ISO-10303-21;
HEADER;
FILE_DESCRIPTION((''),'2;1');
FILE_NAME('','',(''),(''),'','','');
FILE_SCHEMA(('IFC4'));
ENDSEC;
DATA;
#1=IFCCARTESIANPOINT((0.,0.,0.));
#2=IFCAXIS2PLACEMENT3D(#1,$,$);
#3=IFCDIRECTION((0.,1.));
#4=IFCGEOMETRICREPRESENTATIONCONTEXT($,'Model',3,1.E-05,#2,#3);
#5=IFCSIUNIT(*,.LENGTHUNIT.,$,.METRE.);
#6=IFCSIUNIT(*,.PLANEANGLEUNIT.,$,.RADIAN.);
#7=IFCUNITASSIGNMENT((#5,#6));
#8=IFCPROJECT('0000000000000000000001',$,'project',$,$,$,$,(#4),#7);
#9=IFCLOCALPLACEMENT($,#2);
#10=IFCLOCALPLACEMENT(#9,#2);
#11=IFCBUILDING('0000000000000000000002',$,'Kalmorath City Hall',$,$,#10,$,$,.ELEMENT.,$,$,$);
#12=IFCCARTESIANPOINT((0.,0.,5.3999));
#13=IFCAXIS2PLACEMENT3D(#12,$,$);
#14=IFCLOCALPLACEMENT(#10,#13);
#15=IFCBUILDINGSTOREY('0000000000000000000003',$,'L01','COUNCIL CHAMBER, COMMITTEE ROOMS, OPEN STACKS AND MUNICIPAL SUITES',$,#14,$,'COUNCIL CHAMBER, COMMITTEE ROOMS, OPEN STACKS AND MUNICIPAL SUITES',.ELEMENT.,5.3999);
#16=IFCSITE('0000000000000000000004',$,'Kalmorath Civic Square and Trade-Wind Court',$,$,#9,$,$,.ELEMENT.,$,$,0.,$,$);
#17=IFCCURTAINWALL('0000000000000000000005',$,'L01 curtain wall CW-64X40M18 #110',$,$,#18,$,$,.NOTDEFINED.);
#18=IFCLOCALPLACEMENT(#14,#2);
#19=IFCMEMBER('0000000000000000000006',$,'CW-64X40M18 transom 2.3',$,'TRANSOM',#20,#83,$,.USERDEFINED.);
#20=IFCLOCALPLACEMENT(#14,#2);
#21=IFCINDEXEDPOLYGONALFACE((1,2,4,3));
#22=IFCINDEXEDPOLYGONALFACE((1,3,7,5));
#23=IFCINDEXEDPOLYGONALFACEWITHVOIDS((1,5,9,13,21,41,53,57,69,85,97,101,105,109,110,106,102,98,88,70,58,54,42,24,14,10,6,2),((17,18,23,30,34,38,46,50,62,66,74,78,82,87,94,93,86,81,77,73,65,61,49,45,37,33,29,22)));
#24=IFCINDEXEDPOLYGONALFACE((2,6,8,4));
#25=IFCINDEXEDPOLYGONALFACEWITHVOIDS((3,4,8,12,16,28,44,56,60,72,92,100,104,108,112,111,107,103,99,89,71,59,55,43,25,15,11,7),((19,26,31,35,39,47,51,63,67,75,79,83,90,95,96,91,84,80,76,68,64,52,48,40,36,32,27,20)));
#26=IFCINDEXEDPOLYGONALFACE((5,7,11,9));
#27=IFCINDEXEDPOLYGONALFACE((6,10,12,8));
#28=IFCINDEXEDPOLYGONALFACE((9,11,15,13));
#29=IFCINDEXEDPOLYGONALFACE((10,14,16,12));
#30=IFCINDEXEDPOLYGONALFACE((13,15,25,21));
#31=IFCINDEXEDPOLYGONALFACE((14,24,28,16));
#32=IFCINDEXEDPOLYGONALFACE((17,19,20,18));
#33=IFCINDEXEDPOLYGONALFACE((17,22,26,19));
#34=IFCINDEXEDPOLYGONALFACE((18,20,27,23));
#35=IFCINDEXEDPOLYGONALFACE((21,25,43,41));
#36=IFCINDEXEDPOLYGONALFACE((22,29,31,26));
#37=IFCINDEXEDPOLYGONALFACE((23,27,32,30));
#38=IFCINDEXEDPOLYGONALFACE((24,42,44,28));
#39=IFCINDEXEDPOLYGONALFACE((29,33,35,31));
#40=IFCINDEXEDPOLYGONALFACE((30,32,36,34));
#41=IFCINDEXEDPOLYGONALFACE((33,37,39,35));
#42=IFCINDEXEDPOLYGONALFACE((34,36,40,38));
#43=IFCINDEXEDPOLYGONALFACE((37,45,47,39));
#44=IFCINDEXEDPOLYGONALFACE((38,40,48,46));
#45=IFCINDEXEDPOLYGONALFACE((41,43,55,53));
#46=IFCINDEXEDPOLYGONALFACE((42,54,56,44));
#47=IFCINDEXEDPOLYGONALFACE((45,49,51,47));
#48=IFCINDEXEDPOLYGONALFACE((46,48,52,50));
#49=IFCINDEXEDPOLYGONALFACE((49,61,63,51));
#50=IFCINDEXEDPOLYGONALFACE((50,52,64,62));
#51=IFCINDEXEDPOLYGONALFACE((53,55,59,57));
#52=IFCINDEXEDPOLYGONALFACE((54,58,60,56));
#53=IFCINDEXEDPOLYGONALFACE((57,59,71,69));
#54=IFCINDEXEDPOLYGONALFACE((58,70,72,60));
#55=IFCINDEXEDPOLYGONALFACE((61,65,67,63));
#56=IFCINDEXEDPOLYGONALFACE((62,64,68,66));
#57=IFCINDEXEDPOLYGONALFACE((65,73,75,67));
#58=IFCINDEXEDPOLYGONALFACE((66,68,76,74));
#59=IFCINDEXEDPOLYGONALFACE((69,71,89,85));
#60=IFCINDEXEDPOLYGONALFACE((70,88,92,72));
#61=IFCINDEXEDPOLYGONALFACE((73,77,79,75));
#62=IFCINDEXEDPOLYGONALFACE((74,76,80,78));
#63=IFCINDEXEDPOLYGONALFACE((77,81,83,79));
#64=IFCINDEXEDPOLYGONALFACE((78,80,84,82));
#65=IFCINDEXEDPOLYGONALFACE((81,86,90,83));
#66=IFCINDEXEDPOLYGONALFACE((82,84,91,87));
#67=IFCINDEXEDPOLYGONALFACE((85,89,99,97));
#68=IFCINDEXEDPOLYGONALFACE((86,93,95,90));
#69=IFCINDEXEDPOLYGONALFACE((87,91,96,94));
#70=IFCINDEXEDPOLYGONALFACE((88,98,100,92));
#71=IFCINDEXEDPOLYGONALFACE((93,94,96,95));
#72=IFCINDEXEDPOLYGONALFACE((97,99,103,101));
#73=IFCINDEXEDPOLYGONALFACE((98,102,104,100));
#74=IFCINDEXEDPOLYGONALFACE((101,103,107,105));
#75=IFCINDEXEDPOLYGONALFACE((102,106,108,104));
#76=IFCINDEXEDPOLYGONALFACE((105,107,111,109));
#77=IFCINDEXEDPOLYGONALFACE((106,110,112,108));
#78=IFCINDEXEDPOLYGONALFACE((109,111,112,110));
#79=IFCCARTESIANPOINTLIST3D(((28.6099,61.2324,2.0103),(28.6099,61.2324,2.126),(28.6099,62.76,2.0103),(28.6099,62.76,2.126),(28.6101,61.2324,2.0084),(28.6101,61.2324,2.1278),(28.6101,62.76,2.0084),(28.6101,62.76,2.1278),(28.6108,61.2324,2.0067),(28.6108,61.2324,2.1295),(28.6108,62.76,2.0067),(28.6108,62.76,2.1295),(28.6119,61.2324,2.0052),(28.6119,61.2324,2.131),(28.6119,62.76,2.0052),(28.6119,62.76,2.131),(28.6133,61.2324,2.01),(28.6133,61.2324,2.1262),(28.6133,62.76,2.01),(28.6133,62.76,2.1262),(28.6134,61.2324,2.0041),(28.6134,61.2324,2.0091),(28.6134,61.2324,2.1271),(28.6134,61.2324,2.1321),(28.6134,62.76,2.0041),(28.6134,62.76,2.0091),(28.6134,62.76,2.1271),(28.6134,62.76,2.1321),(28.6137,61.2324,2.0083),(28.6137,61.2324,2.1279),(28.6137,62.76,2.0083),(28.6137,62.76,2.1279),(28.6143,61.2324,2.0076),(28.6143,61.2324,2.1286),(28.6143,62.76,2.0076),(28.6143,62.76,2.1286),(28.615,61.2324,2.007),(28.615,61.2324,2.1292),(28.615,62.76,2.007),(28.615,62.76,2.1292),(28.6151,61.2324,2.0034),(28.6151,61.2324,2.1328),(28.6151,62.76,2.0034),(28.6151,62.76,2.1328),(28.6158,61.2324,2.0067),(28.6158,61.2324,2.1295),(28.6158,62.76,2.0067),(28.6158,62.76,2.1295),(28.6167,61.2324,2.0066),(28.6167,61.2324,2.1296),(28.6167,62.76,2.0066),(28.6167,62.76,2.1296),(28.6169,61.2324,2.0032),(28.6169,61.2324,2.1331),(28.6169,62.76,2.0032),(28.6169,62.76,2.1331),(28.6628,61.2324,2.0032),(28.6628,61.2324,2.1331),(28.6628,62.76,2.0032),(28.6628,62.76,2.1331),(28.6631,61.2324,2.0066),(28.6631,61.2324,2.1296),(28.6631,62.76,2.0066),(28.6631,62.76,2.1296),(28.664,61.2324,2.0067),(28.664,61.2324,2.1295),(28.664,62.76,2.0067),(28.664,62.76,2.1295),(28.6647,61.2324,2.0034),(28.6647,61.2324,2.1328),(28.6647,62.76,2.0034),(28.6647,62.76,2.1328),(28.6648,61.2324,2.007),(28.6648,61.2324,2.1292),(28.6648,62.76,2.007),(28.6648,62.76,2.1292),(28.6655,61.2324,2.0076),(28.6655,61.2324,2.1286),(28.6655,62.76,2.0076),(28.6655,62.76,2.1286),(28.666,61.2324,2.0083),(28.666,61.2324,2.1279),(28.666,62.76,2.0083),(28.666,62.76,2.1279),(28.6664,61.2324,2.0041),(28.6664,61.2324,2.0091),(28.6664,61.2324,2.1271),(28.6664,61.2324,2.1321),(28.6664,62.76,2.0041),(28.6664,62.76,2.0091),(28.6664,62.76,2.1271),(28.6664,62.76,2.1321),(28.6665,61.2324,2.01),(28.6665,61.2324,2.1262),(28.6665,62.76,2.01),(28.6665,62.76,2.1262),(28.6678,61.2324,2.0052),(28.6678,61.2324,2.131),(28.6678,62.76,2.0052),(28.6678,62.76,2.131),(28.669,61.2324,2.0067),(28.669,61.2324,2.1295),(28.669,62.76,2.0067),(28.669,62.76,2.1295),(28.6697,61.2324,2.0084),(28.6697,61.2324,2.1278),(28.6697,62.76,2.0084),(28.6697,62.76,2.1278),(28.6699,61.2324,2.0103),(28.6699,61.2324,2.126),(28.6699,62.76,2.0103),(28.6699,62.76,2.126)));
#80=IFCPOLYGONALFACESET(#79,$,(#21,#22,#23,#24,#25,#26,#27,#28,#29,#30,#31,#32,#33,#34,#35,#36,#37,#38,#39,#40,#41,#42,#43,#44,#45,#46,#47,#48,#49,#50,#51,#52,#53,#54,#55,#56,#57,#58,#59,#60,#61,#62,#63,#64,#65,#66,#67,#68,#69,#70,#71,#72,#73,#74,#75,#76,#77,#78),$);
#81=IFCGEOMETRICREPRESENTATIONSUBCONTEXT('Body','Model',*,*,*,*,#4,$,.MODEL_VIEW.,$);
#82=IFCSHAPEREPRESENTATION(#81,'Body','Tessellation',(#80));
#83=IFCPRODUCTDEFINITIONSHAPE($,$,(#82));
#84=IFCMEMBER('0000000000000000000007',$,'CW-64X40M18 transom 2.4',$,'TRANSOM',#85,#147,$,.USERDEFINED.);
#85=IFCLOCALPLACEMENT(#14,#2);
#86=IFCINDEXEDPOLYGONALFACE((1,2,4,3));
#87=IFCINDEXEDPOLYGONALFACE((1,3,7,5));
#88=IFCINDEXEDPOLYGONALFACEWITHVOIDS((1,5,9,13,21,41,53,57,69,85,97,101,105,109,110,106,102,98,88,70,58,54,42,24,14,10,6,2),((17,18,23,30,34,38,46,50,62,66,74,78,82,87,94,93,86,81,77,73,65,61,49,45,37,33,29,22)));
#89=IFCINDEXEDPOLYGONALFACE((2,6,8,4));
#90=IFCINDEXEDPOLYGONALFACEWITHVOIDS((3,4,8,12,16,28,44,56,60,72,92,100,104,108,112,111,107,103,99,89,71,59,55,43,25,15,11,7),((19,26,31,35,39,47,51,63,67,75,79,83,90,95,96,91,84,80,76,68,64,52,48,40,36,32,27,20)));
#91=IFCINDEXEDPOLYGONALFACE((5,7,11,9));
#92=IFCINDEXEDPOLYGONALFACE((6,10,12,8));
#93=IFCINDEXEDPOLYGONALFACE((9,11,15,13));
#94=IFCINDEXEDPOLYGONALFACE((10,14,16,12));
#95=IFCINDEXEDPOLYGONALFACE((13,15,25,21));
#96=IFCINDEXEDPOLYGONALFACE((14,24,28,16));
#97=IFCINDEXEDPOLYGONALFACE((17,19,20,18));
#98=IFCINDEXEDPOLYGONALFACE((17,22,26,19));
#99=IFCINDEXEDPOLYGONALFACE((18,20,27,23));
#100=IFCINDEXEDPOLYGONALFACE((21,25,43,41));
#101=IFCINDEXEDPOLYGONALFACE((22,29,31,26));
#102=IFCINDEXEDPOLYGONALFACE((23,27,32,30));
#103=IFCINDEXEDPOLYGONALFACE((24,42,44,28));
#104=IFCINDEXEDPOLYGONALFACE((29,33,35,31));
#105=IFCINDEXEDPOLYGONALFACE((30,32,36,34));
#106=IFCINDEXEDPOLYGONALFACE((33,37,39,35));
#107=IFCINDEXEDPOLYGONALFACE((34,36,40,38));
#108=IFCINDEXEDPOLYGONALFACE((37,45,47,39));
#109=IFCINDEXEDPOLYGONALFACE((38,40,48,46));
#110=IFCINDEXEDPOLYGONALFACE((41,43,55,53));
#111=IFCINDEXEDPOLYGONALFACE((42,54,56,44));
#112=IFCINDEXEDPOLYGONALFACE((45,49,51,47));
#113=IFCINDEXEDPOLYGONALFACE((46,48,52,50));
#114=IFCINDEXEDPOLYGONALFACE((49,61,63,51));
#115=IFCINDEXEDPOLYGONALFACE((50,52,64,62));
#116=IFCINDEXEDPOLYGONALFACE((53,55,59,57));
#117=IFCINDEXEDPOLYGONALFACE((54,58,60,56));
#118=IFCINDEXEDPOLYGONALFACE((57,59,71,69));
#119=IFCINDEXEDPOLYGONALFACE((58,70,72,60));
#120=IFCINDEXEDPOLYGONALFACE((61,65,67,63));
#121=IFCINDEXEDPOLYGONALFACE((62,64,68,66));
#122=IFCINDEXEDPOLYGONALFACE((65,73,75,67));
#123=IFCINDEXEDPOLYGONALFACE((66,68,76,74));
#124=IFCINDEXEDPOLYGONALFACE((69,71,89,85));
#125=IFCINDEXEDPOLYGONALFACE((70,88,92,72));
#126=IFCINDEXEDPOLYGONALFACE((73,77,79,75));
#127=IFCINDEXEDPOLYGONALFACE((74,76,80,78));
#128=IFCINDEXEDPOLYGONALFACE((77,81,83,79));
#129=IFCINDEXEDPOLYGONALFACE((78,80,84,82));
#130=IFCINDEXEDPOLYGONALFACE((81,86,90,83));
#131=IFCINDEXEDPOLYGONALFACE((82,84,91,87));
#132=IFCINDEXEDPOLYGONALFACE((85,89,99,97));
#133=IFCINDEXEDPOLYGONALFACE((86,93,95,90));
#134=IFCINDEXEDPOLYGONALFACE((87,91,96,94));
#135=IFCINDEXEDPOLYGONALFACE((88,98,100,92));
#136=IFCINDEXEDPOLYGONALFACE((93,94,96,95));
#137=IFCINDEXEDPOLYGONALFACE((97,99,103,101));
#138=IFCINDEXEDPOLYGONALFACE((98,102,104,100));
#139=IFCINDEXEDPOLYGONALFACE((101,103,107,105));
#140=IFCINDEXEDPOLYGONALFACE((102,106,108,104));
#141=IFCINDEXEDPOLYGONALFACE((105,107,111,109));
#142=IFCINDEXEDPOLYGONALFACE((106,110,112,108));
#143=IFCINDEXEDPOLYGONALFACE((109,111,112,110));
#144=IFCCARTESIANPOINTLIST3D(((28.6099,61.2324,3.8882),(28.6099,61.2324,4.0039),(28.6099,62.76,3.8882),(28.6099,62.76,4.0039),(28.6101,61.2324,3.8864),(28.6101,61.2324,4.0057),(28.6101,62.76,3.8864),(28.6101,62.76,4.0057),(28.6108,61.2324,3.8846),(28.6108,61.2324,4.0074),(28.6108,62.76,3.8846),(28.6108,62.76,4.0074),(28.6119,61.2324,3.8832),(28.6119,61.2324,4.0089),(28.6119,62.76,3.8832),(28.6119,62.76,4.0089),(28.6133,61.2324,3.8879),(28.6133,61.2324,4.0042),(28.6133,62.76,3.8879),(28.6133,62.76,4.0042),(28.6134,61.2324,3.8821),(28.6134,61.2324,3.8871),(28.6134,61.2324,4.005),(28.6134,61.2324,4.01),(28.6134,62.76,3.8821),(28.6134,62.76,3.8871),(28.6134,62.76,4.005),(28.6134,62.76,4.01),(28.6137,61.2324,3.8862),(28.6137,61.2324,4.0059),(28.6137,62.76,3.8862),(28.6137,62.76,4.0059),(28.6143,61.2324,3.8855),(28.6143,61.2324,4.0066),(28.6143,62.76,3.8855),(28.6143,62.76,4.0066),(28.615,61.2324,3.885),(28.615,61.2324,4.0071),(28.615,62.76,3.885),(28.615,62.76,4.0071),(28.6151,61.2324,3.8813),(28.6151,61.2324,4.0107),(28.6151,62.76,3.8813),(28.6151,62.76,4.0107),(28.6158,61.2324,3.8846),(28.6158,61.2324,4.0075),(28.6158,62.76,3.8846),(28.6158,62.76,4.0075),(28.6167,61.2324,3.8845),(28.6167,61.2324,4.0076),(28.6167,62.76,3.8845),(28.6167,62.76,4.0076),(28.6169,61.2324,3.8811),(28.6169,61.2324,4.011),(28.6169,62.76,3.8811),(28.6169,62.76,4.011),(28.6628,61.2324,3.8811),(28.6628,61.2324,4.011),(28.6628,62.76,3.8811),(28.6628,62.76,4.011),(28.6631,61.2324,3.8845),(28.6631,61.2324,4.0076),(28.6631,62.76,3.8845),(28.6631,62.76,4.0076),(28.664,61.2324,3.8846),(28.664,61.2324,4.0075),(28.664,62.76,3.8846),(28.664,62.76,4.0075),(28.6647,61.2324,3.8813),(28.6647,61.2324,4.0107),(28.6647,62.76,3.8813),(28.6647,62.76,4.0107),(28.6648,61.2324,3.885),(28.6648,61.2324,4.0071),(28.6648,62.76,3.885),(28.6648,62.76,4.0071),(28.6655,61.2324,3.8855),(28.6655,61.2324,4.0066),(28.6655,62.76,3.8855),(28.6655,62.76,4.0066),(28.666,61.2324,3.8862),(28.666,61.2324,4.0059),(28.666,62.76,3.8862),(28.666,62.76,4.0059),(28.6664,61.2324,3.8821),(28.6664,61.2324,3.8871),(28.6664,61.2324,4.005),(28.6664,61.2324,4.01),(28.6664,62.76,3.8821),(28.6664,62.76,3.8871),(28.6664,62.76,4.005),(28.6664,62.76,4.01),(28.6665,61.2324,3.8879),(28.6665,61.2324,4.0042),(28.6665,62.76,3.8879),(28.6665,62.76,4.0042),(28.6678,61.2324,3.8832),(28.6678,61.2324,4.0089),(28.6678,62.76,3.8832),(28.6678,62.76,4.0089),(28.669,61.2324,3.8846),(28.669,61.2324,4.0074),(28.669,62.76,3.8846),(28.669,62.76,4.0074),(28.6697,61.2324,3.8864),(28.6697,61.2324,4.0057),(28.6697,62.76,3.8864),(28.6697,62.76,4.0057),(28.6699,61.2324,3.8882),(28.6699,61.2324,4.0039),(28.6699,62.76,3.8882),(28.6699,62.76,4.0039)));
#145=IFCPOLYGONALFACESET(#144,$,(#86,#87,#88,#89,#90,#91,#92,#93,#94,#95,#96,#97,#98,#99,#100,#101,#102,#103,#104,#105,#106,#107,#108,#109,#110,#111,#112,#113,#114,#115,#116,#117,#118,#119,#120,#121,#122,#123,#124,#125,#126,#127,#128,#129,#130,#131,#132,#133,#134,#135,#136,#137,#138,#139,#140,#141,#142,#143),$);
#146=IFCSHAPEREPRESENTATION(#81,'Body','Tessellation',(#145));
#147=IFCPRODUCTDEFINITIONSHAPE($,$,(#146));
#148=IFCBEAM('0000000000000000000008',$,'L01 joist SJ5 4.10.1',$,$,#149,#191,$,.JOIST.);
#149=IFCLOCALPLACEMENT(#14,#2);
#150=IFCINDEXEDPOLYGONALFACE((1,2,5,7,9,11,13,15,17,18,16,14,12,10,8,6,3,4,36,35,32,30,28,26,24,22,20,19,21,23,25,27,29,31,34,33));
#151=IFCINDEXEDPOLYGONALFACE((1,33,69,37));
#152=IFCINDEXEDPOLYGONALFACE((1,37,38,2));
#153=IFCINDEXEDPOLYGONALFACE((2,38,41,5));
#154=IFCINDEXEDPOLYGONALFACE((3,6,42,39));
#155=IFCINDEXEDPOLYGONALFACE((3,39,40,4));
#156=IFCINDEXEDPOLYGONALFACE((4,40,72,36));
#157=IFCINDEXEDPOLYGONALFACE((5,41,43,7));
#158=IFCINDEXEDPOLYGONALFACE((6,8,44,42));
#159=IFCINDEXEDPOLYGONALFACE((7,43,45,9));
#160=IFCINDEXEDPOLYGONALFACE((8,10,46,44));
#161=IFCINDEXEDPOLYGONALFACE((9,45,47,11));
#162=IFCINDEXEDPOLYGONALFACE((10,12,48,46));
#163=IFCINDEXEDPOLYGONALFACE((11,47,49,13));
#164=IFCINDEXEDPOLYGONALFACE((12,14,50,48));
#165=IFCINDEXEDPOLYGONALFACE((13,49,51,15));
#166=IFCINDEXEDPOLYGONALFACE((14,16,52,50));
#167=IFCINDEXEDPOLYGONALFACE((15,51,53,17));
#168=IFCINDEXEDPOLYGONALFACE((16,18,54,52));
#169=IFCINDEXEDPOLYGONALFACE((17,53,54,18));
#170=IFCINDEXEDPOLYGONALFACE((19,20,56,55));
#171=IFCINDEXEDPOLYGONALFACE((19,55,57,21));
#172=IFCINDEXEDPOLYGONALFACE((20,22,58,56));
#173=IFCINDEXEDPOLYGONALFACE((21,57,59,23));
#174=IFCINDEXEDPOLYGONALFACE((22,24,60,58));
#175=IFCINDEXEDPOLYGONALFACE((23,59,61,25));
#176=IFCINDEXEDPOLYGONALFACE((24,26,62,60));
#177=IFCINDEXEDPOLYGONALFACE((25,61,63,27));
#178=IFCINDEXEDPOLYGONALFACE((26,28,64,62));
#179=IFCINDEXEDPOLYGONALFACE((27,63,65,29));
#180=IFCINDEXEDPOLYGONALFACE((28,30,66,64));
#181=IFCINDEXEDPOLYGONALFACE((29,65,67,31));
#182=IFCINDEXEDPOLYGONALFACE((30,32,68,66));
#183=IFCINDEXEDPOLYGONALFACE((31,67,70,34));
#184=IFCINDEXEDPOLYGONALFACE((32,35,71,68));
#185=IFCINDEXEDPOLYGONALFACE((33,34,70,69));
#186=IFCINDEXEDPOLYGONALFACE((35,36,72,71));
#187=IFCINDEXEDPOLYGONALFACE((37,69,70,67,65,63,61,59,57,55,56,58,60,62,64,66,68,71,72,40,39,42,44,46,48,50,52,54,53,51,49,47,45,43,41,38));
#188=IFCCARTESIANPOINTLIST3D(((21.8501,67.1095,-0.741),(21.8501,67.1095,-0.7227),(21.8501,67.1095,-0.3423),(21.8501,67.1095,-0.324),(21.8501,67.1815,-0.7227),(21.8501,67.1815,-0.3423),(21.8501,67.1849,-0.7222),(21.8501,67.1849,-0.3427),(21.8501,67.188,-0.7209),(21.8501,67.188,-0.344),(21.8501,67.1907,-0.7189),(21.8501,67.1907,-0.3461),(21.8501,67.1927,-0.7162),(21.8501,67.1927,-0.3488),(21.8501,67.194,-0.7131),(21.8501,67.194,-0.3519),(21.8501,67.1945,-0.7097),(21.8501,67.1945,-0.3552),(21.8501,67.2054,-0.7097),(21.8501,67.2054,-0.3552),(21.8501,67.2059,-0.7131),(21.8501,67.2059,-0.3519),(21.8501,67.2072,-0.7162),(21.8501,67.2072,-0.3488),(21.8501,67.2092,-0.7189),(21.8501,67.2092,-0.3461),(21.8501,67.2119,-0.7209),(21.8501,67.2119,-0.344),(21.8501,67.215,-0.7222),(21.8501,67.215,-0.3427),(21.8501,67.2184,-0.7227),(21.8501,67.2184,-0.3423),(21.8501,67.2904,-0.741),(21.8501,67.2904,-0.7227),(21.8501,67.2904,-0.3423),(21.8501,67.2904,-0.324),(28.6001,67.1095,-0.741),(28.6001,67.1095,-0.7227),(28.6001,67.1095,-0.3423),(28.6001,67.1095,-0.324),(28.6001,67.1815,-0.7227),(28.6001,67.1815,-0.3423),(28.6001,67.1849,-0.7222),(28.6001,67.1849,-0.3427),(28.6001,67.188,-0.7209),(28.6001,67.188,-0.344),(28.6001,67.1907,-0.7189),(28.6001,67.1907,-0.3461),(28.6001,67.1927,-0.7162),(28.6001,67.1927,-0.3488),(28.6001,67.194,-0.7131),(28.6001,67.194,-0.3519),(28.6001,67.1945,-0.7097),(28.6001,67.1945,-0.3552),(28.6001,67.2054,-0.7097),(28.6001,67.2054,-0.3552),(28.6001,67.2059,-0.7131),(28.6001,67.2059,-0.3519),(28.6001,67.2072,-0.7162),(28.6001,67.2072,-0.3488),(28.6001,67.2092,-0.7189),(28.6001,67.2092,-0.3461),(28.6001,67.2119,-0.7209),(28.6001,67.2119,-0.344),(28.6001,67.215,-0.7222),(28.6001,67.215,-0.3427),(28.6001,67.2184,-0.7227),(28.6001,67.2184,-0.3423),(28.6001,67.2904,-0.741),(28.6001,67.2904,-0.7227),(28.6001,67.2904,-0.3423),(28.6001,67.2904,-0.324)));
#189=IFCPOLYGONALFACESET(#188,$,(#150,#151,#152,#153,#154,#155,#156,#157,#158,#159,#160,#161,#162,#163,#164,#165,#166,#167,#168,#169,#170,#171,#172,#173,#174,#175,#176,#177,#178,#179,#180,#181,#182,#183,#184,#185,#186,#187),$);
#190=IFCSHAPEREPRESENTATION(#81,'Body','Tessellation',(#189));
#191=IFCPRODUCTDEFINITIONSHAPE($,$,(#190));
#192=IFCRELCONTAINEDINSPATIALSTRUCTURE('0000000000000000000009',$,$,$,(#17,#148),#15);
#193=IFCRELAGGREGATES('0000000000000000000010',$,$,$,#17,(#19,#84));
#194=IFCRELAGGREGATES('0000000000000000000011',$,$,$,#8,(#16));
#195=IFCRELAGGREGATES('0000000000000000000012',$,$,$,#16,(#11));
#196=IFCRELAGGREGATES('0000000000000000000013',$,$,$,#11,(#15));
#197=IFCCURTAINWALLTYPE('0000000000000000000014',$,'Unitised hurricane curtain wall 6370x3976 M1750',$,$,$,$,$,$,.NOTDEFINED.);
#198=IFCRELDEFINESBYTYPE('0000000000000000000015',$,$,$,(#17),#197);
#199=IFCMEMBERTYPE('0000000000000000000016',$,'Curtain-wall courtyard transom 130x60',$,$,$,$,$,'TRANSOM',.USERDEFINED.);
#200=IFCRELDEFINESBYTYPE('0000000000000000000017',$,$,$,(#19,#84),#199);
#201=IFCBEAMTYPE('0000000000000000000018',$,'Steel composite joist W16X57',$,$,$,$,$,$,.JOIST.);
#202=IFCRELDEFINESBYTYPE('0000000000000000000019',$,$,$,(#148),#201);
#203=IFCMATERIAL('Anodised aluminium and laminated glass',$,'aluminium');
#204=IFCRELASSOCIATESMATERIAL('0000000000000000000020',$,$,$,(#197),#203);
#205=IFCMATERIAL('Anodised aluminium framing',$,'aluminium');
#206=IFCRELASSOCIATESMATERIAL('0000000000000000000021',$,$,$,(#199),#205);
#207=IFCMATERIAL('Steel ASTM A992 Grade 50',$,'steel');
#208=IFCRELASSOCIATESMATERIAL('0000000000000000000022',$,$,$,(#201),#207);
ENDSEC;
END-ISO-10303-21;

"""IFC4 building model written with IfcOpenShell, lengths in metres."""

from ifc_helpers import new_model, si_unit, direction, frame, origin, origin_2d, place, context, subcontext, project, spatial, hollow_rectangle, i_section, extrude, material, material_profile, profile_set, type_object, element, aggregate, save


model = new_model("IFC4")

# Units and contexts
model_context = context("Model", 3, precision=1e-05, world=origin(), true_north=direction((0.0, 1.0)))
body_context = subcontext(model_context, "Body", "Model", "MODEL_VIEW")
ifc_project = project(units=[si_unit("LENGTHUNIT", "METRE"), si_unit("PLANEANGLEUNIT", "RADIAN")], contexts=[model_context])

# Site, building, storey
site_placement = place(None, origin())
site = spatial("IfcSite", under=ifc_project, at=site_placement, Name="Kalmorath Civic Square and Trade-Wind Court", CompositionType="ELEMENT", RefElevation=0.0)
building_placement = place(site_placement, origin())
building = spatial("IfcBuilding", under=site, at=building_placement, Name="Kalmorath City Hall", CompositionType="ELEMENT")
storey_placement = place(building_placement, frame((0.0, 0.0, 5.3999)))
storey = spatial("IfcBuildingStorey", under=building, at=storey_placement, Name="L01", Description="COUNCIL CHAMBER, COMMITTEE ROOMS, OPEN STACKS AND MUNICIPAL SUITES", LongName="COUNCIL CHAMBER, COMMITTEE ROOMS, OPEN STACKS AND MUNICIPAL SUITES", CompositionType="ELEMENT", Elevation=5.3999)

# Curtain wall, members
ifc_material_1 = material(Name="Anodised aluminium and laminated glass", Category="aluminium")
curtain_wall_type = type_object("IfcCurtainWallType", Name="Unitised hurricane curtain wall 6370x3976 M1750", PredefinedType="NOTDEFINED", material=ifc_material_1)
curtain_wall_placement = place(storey_placement, origin())
curtain_wall = element("IfcCurtainWall", 1, at=curtain_wall_placement, inside=storey, type_object=curtain_wall_type, Name="L01 curtain wall CW-64X40M18 #110", PredefinedType="NOTDEFINED")
ifc_material_2 = material(Name="Anodised aluminium framing", Category="aluminium")
ifc_material_profile_1 = material_profile(ifc_material_2, hollow_rectangle(XDim=0.0601, YDim=0.1299, WallThickness=0.0034, InnerFilletRadius=0.0034, OuterFilletRadius=0.0071, at=origin_2d()), Name="ALU-TRN-130X60X3.5")
ifc_profile_set_1 = profile_set([ifc_material_profile_1], Name="Anodised aluminium framing")
member_type_1 = type_object("IfcMemberType", Name="Curtain-wall courtyard transom 130x60", ElementType="TRANSOM", PredefinedType="USERDEFINED", material=ifc_profile_set_1)
member_1_placement = place(storey_placement, frame((28.6399, 62.76, 2.0681), z_axis=(0.0, -1.0, 0.0), x_axis=(1.0, 0.0, 0.0)))
member_1 = element("IfcMember", 2, at=member_1_placement, type_object=member_type_1, Name="CW-64X40M18 transom 2.3", ObjectType="TRANSOM", PredefinedType="USERDEFINED", context=body_context, shape_type="SweptSolid", body=[
    extrude(hollow_rectangle(XDim=0.0601, YDim=0.1299, WallThickness=0.0034, InnerFilletRadius=0.0034, OuterFilletRadius=0.0071, at=origin_2d()), origin(), (0.0, 0.0, 1.0), 1.5276),
])
member_2_placement = place(storey_placement, frame((28.6399, 62.76, 3.946), z_axis=(0.0, -1.0, 0.0), x_axis=(1.0, 0.0, 0.0)))
member_2 = element("IfcMember", 3, at=member_2_placement, type_object=member_type_1, Name="CW-64X40M18 transom 2.4", ObjectType="TRANSOM", PredefinedType="USERDEFINED", context=body_context, shape_type="SweptSolid", body=[
    extrude(hollow_rectangle(XDim=0.0601, YDim=0.1299, WallThickness=0.0034, InnerFilletRadius=0.0034, OuterFilletRadius=0.0071, at=origin_2d()), origin(), (0.0, 0.0, 1.0), 1.5276),
])

# Beam
ifc_material_3 = material(Name="Steel ASTM A992 Grade 50", Category="steel")
ifc_material_profile_2 = material_profile(ifc_material_3, i_section(OverallWidth=0.1809, OverallDepth=0.417, WebThickness=0.011, FlangeThickness=0.0183, FilletRadius=0.0129, at=origin_2d()), Name="W16X57")
ifc_profile_set_2 = profile_set([ifc_material_profile_2], Name="Steel ASTM A992 Grade 50")
beam_type_1 = type_object("IfcBeamType", Name="Steel composite joist W16X57", PredefinedType="JOIST", material=ifc_profile_set_2)
for number, where, z_axis, x_axis, name in (
    (4, (21.8501, 67.2, -0.5325), (1.0, 0.0, 0.0), (0.0, 1.0, 0.0), "L01 joist SJ5 4.10.1"),
):
    element("IfcBeam", number, at=place(storey_placement, frame(where, z_axis=z_axis, x_axis=x_axis)), inside=storey, type_object=beam_type_1, Name=name, PredefinedType="JOIST", context=body_context, shape_type="SweptSolid", body=[
        extrude(i_section(OverallWidth=0.1809, OverallDepth=0.417, WebThickness=0.011, FlangeThickness=0.0183, FilletRadius=0.0129, at=origin_2d()), origin(), (0.0, 0.0, 1.0), 6.75),
    ])

aggregate(curtain_wall, [member_1, member_2])

save(model, "model.ifc")
